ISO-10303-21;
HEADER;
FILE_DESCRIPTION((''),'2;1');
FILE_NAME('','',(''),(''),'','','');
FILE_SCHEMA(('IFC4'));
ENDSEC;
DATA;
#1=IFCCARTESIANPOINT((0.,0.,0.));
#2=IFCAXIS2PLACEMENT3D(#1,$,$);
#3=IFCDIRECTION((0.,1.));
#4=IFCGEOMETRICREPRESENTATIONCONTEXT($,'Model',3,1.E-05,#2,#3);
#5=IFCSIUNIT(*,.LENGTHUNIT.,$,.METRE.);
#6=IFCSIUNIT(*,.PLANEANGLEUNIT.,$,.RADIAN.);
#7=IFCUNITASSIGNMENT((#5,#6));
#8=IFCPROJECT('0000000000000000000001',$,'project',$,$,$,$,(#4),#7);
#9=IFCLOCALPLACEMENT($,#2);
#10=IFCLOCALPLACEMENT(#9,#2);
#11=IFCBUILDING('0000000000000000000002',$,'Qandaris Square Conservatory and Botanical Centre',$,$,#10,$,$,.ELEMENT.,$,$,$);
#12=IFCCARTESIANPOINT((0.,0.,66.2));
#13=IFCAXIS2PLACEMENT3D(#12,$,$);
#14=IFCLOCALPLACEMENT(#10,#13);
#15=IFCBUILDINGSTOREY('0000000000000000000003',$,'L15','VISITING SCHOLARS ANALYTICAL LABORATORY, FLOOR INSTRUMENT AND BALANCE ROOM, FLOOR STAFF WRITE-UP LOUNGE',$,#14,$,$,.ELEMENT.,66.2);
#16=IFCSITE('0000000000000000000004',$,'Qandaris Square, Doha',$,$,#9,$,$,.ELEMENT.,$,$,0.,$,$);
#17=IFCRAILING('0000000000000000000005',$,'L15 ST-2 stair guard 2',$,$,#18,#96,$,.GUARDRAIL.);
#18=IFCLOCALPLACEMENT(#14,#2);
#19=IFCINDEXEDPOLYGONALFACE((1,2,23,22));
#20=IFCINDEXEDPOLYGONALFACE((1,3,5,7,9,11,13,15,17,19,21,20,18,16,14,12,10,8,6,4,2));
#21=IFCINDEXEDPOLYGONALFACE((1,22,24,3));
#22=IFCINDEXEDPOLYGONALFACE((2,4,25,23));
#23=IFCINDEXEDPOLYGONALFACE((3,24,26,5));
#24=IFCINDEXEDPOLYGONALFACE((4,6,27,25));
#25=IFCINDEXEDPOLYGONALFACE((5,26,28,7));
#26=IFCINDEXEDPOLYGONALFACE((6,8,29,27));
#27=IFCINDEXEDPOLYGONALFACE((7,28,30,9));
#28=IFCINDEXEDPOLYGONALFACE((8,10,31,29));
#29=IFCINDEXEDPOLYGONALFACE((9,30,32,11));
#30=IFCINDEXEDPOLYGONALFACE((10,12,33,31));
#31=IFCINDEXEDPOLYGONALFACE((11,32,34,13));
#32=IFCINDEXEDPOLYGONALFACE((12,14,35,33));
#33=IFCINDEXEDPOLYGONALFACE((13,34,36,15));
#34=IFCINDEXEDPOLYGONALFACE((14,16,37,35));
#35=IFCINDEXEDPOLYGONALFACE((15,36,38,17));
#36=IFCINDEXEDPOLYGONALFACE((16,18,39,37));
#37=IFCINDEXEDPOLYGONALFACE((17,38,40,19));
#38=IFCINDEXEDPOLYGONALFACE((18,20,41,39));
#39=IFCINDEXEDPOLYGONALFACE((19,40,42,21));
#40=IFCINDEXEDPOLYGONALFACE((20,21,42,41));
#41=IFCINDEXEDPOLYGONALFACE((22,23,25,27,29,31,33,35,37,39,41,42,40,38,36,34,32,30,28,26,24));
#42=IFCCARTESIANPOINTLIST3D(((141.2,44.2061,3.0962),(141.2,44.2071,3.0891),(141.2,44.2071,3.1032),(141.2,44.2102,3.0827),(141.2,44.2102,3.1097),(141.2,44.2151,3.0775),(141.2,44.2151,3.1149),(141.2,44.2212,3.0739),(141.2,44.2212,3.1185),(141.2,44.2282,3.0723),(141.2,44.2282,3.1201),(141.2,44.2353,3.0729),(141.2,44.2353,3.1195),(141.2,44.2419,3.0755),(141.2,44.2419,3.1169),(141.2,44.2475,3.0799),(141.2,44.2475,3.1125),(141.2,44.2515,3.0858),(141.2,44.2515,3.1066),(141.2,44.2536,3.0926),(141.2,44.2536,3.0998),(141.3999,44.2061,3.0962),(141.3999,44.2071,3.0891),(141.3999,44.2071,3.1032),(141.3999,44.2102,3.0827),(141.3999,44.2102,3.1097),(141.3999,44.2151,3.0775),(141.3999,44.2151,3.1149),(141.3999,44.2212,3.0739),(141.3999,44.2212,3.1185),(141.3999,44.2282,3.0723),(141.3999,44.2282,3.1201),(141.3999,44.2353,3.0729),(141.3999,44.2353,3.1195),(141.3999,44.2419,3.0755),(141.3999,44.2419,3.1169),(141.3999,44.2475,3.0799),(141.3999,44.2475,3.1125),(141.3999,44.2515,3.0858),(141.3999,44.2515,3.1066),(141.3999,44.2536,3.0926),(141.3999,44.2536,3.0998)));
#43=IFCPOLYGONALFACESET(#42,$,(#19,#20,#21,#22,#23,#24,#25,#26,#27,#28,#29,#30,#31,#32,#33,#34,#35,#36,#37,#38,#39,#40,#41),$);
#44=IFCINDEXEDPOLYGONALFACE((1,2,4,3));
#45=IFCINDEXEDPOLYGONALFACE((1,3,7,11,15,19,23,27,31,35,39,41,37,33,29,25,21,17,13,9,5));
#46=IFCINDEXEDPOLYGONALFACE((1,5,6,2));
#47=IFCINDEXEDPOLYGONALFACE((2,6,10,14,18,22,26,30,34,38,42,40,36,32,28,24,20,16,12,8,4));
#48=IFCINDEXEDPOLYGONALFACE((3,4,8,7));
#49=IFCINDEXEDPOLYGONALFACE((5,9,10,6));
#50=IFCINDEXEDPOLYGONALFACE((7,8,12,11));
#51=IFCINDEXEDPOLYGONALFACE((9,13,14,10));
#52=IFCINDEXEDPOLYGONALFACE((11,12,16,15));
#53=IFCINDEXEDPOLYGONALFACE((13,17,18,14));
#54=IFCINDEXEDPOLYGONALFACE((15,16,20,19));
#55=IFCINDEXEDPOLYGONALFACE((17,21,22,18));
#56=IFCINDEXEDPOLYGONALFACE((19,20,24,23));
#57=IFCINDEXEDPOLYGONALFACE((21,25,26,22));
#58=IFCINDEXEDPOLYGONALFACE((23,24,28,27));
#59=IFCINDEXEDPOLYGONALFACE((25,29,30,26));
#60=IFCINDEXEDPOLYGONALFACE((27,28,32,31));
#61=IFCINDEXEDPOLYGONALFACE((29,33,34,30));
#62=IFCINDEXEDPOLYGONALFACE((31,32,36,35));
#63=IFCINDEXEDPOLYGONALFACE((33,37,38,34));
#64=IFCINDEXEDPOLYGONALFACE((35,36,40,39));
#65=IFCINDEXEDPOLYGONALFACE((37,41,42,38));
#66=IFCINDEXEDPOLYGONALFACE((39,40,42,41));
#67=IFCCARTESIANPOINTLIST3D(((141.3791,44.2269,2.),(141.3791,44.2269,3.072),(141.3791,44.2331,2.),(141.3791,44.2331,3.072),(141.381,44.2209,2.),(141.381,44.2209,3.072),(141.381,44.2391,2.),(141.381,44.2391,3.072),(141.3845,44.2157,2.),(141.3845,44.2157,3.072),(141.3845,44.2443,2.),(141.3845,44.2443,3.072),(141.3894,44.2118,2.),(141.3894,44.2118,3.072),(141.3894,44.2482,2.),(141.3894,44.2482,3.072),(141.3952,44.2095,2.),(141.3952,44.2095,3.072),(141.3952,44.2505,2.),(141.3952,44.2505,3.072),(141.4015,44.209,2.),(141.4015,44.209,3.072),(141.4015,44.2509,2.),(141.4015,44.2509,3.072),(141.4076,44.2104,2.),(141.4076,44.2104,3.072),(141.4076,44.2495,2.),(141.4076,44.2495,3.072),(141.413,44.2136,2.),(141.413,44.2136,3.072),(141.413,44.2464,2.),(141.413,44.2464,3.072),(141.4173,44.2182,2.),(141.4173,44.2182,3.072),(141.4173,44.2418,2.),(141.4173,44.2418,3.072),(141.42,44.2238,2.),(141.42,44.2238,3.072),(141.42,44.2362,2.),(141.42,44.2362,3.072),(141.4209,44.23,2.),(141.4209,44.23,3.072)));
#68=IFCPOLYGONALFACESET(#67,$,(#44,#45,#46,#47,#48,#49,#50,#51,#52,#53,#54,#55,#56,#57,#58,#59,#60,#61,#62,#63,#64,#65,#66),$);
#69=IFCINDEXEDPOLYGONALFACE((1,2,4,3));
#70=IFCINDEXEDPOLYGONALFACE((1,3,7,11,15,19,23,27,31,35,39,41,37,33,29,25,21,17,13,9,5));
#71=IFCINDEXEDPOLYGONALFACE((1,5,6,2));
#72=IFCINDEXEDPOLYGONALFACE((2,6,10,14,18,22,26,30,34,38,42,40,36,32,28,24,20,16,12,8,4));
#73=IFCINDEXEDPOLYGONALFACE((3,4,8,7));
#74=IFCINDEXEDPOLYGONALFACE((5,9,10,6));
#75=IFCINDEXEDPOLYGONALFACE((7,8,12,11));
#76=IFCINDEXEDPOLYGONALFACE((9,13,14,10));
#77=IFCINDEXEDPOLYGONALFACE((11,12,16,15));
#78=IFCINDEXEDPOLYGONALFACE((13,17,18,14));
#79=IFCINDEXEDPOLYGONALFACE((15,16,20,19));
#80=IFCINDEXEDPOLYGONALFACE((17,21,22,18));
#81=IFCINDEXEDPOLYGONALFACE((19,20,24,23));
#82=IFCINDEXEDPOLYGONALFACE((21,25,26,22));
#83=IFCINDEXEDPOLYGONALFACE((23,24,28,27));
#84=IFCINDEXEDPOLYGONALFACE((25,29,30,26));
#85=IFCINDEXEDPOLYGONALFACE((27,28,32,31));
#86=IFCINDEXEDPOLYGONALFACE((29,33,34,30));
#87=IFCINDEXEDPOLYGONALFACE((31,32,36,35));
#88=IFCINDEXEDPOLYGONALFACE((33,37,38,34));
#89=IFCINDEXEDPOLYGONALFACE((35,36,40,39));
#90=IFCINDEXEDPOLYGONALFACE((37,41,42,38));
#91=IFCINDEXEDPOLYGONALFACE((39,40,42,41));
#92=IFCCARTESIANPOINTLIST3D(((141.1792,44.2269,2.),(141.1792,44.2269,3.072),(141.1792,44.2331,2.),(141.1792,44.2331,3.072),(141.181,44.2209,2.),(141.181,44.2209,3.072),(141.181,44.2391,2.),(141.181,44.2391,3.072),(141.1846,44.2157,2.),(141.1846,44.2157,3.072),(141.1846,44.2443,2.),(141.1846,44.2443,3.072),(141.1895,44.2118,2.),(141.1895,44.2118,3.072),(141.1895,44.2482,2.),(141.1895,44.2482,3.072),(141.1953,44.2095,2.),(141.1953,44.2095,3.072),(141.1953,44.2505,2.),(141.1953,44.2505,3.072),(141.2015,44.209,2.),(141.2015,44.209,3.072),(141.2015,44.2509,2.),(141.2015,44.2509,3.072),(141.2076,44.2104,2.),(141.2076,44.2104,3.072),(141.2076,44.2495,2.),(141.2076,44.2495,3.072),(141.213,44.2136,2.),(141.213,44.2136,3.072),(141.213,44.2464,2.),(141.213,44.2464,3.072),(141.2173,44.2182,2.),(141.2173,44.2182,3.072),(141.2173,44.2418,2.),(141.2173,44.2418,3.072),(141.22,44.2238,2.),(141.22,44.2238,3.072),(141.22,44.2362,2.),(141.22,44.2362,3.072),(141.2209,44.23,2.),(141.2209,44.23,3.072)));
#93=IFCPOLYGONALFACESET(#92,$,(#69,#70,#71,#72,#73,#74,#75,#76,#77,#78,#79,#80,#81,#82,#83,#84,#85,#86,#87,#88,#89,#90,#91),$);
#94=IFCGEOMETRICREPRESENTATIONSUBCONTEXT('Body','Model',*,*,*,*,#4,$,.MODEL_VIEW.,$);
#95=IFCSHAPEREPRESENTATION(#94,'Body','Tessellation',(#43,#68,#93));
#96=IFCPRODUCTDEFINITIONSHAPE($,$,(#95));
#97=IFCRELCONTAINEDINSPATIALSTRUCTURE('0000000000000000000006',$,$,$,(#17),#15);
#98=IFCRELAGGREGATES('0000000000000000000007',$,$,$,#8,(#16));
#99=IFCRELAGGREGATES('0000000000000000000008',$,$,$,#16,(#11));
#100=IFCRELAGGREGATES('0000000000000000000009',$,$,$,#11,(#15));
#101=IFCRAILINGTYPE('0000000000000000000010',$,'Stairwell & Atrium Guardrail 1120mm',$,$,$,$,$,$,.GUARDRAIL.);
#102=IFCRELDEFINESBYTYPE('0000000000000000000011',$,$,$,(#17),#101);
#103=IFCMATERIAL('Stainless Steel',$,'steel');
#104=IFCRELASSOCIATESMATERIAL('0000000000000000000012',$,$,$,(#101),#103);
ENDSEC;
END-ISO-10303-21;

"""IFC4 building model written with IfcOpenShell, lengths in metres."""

from ifc_helpers import new_model, si_unit, direction, frame, origin, origin_2d, place, context, subcontext, project, spatial, circle, extrude, material, type_object, element, save


model = new_model("IFC4")

# Units and contexts
model_context = context("Model", 3, precision=1e-05, world=origin(), true_north=direction((0.0, 1.0)))
body_context = subcontext(model_context, "Body", "Model", "MODEL_VIEW")
ifc_project = project(units=[si_unit("LENGTHUNIT", "METRE"), si_unit("PLANEANGLEUNIT", "RADIAN")], contexts=[model_context])

# Site, building, storey
site_placement = place(None, origin())
site = spatial("IfcSite", under=ifc_project, at=site_placement, Name="Qandaris Square, Doha", CompositionType="ELEMENT", RefElevation=0.0)
building_placement = place(site_placement, origin())
building = spatial("IfcBuilding", under=site, at=building_placement, Name="Qandaris Square Conservatory and Botanical Centre", CompositionType="ELEMENT")
storey_placement = place(building_placement, frame((0.0, 0.0, 66.2)))
storey = spatial("IfcBuildingStorey", under=building, at=storey_placement, Name="L15", Description="VISITING SCHOLARS ANALYTICAL LABORATORY, FLOOR INSTRUMENT AND BALANCE ROOM, FLOOR STAFF WRITE-UP LOUNGE", CompositionType="ELEMENT", Elevation=66.2)

# Railing
ifc_material_1 = material(Name="Stainless Steel", Category="steel")
railing_type_1 = type_object("IfcRailingType", Name="Stairwell & Atrium Guardrail 1120mm", PredefinedType="GUARDRAIL", material=ifc_material_1)
railing_1_placement = place(storey_placement, frame((141.3999, 44.23, 2.0)))
element("IfcRailing", 1, at=railing_1_placement, inside=storey, type_object=railing_type_1, Name="L15 ST-2 stair guard 2", PredefinedType="GUARDRAIL", context=body_context, shape_type="SweptSolid", body=[
    extrude(circle(Radius=0.0239, at=origin_2d()), frame((0.0, 0.0, 1.0962), z_axis=(-1.0, 0.0, 0.0), x_axis=(0.0, -1.0, 0.0)), (0.0, 0.0, 1.0), 0.2),
    extrude(circle(Radius=0.021, at=origin_2d()), origin(), (0.0, 0.0, 1.0), 1.072),
    extrude(circle(Radius=0.021, at=origin_2d()), frame((-0.2, 0.0, 0.0)), (0.0, 0.0, 1.0), 1.072),
])

save(model, "model.ifc")
